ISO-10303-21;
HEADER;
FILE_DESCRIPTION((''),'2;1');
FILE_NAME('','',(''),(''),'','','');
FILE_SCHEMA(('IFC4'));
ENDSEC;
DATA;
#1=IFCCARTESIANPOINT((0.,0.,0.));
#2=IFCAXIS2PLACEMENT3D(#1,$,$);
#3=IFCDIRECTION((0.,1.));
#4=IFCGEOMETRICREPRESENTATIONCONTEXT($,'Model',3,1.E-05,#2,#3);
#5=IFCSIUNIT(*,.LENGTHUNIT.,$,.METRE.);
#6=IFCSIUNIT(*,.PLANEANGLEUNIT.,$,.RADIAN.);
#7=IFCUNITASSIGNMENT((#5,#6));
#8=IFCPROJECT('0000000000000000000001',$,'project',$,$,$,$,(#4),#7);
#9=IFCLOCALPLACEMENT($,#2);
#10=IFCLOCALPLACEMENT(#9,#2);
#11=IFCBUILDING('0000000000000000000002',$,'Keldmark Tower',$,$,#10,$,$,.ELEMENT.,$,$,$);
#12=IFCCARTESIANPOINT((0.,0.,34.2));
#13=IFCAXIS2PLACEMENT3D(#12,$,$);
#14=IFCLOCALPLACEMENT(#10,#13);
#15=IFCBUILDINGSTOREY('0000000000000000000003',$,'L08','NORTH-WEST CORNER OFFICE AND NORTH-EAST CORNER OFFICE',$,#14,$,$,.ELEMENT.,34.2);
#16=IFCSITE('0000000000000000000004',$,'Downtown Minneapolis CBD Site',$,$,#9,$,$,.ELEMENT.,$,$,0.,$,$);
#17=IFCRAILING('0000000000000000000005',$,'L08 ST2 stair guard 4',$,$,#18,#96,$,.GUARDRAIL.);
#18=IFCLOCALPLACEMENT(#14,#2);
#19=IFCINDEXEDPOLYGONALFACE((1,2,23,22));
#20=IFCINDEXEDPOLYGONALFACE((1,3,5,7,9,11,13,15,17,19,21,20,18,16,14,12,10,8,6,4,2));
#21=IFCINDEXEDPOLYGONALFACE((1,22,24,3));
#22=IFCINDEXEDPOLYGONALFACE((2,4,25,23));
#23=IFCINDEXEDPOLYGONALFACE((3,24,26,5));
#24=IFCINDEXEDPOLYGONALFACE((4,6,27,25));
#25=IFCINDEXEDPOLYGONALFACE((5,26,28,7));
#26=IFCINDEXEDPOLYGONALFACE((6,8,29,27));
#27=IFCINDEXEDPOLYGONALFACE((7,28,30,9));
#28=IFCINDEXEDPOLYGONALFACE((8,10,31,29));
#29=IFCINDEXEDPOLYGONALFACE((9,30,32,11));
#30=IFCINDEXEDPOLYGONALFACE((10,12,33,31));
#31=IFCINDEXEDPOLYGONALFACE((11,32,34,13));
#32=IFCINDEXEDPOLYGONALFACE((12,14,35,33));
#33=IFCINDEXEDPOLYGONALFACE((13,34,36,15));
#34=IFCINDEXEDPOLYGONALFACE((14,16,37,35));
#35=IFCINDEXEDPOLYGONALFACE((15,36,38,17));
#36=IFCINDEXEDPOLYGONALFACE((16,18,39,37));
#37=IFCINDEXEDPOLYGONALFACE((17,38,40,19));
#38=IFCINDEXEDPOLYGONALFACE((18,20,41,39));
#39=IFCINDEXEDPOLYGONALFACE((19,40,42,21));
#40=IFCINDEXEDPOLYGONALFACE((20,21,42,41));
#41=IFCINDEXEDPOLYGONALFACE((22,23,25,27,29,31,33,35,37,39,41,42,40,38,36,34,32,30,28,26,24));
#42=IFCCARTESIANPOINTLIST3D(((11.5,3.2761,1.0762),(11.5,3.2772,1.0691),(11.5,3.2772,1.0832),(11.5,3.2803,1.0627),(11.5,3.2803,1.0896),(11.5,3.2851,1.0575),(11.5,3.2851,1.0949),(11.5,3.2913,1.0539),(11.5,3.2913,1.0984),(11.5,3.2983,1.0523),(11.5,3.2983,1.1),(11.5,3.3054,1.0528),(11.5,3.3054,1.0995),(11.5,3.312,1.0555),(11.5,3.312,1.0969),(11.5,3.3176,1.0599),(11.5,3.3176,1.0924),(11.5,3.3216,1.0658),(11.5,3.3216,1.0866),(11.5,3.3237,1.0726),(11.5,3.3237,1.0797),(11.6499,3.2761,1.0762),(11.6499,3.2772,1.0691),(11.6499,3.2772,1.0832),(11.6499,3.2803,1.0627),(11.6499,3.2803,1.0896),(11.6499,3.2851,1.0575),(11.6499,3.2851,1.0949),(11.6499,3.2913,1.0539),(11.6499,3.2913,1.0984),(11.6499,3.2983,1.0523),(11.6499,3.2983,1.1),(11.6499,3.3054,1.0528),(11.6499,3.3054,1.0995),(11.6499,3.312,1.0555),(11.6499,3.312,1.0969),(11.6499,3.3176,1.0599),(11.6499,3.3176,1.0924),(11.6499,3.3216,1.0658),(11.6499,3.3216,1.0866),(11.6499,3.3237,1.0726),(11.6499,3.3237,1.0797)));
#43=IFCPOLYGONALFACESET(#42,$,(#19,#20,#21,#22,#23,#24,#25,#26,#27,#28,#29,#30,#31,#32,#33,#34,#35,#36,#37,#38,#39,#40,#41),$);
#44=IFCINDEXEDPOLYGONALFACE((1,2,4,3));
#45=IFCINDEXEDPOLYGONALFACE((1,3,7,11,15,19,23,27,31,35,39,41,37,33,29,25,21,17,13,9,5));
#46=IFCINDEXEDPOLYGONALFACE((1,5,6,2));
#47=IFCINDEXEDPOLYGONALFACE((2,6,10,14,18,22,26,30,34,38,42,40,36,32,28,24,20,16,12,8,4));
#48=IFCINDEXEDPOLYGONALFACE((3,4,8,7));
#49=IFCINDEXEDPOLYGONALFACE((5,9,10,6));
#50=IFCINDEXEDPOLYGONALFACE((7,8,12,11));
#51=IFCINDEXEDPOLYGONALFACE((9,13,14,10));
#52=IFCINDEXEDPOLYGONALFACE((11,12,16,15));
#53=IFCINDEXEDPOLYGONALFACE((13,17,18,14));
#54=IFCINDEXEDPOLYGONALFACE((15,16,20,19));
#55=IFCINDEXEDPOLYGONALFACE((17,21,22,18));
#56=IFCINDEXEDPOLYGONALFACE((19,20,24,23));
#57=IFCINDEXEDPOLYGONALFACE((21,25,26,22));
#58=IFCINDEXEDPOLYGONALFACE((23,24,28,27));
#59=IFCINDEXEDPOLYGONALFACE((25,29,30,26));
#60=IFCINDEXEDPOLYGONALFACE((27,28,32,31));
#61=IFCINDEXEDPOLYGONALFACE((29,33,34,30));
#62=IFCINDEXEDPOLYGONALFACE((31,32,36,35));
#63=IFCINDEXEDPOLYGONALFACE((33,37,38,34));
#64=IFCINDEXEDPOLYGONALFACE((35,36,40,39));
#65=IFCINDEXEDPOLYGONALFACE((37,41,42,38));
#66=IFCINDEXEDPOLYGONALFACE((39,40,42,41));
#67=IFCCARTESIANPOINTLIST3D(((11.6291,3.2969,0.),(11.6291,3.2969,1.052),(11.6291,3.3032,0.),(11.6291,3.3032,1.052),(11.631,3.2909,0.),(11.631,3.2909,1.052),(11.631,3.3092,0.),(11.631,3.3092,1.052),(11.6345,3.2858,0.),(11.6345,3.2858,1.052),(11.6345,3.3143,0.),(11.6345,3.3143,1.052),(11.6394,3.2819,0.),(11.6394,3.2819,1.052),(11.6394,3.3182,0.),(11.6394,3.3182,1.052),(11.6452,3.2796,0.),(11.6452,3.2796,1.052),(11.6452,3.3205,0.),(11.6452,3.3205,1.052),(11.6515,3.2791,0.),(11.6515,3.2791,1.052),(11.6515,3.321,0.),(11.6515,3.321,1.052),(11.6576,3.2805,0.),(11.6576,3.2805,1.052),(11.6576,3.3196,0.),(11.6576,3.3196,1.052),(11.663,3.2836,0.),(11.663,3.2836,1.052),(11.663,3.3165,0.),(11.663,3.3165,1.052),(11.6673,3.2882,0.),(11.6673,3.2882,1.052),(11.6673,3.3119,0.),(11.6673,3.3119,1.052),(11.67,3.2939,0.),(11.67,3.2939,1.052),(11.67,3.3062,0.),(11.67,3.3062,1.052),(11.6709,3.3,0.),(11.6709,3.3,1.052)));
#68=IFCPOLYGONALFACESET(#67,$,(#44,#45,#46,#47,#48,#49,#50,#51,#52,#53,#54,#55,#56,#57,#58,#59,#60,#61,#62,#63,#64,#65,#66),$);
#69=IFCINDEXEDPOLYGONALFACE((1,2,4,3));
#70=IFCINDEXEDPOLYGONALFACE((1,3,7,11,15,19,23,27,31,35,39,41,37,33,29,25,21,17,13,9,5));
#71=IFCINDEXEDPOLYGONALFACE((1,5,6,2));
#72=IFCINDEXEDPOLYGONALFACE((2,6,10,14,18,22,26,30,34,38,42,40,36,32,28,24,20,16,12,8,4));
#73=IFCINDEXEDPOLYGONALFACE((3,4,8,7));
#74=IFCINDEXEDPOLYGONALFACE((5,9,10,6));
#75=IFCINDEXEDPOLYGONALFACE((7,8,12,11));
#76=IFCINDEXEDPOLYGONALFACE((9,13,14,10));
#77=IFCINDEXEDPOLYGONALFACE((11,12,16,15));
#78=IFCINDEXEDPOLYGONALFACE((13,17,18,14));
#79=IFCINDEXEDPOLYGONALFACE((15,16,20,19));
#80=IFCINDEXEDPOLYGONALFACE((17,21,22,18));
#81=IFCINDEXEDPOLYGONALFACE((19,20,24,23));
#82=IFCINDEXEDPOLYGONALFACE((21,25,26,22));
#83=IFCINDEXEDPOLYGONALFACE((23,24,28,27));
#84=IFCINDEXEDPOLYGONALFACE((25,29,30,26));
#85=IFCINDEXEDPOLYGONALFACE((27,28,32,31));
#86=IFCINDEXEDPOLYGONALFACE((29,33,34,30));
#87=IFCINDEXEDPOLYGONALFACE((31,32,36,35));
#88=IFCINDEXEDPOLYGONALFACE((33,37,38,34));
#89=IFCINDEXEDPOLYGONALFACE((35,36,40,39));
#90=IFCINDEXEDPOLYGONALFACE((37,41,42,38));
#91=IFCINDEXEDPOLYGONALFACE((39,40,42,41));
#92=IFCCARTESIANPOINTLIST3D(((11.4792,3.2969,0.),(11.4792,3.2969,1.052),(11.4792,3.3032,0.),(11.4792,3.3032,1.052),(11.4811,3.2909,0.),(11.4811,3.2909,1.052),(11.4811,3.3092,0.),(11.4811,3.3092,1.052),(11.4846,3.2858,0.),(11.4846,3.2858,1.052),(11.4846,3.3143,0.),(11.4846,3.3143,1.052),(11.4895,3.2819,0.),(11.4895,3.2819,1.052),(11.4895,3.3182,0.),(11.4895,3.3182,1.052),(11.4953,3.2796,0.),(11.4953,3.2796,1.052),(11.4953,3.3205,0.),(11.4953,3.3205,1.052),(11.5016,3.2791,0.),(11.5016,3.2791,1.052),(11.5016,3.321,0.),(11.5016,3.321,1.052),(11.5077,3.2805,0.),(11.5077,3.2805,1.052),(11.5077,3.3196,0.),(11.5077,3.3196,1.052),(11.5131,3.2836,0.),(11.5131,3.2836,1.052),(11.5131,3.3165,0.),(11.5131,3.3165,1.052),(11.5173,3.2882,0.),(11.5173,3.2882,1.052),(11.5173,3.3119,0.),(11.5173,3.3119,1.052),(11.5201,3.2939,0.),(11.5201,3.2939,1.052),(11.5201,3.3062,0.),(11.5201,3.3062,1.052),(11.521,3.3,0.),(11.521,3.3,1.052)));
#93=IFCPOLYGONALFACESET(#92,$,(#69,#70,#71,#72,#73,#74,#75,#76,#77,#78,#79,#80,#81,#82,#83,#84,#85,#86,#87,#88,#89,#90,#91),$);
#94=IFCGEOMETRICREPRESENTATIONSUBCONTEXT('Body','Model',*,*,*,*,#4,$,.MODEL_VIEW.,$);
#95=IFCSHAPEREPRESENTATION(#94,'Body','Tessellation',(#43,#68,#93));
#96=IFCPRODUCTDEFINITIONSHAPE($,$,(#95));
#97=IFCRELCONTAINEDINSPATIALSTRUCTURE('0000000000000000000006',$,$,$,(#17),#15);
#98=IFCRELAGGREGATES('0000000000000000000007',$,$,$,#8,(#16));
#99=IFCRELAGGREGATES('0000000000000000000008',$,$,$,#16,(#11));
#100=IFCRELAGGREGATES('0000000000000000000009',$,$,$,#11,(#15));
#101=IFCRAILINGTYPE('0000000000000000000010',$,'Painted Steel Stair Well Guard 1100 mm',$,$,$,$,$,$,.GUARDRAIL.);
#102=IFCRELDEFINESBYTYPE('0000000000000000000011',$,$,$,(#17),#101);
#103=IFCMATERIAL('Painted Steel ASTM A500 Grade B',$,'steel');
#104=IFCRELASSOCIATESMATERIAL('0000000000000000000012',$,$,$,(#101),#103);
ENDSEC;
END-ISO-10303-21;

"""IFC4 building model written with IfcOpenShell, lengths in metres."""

from ifc_helpers import new_model, si_unit, direction, frame, origin, origin_2d, place, context, subcontext, project, spatial, circle, extrude, material, type_object, element, save


model = new_model("IFC4")

# Units and contexts
model_context = context("Model", 3, precision=1e-05, world=origin(), true_north=direction((0.0, 1.0)))
body_context = subcontext(model_context, "Body", "Model", "MODEL_VIEW")
ifc_project = project(units=[si_unit("LENGTHUNIT", "METRE"), si_unit("PLANEANGLEUNIT", "RADIAN")], contexts=[model_context])

# Site, building, storey
site_placement = place(None, origin())
site = spatial("IfcSite", under=ifc_project, at=site_placement, Name="Downtown Minneapolis CBD Site", CompositionType="ELEMENT", RefElevation=0.0)
building_placement = place(site_placement, origin())
building = spatial("IfcBuilding", under=site, at=building_placement, Name="Keldmark Tower", CompositionType="ELEMENT")
storey_placement = place(building_placement, frame((0.0, 0.0, 34.2)))
storey = spatial("IfcBuildingStorey", under=building, at=storey_placement, Name="L08", Description="NORTH-WEST CORNER OFFICE AND NORTH-EAST CORNER OFFICE", CompositionType="ELEMENT", Elevation=34.2)

# Railing
ifc_material_1 = material(Name="Painted Steel ASTM A500 Grade B", Category="steel")
railing_type_1 = type_object("IfcRailingType", Name="Painted Steel Stair Well Guard 1100 mm", PredefinedType="GUARDRAIL", material=ifc_material_1)
railing_1_placement = place(storey_placement, frame((11.6499, 3.3, 0.0)))
element("IfcRailing", 1, at=railing_1_placement, inside=storey, type_object=railing_type_1, Name="L08 ST2 stair guard 4", PredefinedType="GUARDRAIL", context=body_context, shape_type="SweptSolid", body=[
    extrude(circle(Radius=0.0239, at=origin_2d()), frame((0.0, 0.0, 1.0762), z_axis=(-1.0, 0.0, 0.0), x_axis=(0.0, -1.0, 0.0)), (0.0, 0.0, 1.0), 0.1499),
    extrude(circle(Radius=0.021, at=origin_2d()), origin(), (0.0, 0.0, 1.0), 1.052),
    extrude(circle(Radius=0.021, at=origin_2d()), frame((-0.1499, 0.0, 0.0)), (0.0, 0.0, 1.0), 1.052),
])

save(model, "model.ifc")
